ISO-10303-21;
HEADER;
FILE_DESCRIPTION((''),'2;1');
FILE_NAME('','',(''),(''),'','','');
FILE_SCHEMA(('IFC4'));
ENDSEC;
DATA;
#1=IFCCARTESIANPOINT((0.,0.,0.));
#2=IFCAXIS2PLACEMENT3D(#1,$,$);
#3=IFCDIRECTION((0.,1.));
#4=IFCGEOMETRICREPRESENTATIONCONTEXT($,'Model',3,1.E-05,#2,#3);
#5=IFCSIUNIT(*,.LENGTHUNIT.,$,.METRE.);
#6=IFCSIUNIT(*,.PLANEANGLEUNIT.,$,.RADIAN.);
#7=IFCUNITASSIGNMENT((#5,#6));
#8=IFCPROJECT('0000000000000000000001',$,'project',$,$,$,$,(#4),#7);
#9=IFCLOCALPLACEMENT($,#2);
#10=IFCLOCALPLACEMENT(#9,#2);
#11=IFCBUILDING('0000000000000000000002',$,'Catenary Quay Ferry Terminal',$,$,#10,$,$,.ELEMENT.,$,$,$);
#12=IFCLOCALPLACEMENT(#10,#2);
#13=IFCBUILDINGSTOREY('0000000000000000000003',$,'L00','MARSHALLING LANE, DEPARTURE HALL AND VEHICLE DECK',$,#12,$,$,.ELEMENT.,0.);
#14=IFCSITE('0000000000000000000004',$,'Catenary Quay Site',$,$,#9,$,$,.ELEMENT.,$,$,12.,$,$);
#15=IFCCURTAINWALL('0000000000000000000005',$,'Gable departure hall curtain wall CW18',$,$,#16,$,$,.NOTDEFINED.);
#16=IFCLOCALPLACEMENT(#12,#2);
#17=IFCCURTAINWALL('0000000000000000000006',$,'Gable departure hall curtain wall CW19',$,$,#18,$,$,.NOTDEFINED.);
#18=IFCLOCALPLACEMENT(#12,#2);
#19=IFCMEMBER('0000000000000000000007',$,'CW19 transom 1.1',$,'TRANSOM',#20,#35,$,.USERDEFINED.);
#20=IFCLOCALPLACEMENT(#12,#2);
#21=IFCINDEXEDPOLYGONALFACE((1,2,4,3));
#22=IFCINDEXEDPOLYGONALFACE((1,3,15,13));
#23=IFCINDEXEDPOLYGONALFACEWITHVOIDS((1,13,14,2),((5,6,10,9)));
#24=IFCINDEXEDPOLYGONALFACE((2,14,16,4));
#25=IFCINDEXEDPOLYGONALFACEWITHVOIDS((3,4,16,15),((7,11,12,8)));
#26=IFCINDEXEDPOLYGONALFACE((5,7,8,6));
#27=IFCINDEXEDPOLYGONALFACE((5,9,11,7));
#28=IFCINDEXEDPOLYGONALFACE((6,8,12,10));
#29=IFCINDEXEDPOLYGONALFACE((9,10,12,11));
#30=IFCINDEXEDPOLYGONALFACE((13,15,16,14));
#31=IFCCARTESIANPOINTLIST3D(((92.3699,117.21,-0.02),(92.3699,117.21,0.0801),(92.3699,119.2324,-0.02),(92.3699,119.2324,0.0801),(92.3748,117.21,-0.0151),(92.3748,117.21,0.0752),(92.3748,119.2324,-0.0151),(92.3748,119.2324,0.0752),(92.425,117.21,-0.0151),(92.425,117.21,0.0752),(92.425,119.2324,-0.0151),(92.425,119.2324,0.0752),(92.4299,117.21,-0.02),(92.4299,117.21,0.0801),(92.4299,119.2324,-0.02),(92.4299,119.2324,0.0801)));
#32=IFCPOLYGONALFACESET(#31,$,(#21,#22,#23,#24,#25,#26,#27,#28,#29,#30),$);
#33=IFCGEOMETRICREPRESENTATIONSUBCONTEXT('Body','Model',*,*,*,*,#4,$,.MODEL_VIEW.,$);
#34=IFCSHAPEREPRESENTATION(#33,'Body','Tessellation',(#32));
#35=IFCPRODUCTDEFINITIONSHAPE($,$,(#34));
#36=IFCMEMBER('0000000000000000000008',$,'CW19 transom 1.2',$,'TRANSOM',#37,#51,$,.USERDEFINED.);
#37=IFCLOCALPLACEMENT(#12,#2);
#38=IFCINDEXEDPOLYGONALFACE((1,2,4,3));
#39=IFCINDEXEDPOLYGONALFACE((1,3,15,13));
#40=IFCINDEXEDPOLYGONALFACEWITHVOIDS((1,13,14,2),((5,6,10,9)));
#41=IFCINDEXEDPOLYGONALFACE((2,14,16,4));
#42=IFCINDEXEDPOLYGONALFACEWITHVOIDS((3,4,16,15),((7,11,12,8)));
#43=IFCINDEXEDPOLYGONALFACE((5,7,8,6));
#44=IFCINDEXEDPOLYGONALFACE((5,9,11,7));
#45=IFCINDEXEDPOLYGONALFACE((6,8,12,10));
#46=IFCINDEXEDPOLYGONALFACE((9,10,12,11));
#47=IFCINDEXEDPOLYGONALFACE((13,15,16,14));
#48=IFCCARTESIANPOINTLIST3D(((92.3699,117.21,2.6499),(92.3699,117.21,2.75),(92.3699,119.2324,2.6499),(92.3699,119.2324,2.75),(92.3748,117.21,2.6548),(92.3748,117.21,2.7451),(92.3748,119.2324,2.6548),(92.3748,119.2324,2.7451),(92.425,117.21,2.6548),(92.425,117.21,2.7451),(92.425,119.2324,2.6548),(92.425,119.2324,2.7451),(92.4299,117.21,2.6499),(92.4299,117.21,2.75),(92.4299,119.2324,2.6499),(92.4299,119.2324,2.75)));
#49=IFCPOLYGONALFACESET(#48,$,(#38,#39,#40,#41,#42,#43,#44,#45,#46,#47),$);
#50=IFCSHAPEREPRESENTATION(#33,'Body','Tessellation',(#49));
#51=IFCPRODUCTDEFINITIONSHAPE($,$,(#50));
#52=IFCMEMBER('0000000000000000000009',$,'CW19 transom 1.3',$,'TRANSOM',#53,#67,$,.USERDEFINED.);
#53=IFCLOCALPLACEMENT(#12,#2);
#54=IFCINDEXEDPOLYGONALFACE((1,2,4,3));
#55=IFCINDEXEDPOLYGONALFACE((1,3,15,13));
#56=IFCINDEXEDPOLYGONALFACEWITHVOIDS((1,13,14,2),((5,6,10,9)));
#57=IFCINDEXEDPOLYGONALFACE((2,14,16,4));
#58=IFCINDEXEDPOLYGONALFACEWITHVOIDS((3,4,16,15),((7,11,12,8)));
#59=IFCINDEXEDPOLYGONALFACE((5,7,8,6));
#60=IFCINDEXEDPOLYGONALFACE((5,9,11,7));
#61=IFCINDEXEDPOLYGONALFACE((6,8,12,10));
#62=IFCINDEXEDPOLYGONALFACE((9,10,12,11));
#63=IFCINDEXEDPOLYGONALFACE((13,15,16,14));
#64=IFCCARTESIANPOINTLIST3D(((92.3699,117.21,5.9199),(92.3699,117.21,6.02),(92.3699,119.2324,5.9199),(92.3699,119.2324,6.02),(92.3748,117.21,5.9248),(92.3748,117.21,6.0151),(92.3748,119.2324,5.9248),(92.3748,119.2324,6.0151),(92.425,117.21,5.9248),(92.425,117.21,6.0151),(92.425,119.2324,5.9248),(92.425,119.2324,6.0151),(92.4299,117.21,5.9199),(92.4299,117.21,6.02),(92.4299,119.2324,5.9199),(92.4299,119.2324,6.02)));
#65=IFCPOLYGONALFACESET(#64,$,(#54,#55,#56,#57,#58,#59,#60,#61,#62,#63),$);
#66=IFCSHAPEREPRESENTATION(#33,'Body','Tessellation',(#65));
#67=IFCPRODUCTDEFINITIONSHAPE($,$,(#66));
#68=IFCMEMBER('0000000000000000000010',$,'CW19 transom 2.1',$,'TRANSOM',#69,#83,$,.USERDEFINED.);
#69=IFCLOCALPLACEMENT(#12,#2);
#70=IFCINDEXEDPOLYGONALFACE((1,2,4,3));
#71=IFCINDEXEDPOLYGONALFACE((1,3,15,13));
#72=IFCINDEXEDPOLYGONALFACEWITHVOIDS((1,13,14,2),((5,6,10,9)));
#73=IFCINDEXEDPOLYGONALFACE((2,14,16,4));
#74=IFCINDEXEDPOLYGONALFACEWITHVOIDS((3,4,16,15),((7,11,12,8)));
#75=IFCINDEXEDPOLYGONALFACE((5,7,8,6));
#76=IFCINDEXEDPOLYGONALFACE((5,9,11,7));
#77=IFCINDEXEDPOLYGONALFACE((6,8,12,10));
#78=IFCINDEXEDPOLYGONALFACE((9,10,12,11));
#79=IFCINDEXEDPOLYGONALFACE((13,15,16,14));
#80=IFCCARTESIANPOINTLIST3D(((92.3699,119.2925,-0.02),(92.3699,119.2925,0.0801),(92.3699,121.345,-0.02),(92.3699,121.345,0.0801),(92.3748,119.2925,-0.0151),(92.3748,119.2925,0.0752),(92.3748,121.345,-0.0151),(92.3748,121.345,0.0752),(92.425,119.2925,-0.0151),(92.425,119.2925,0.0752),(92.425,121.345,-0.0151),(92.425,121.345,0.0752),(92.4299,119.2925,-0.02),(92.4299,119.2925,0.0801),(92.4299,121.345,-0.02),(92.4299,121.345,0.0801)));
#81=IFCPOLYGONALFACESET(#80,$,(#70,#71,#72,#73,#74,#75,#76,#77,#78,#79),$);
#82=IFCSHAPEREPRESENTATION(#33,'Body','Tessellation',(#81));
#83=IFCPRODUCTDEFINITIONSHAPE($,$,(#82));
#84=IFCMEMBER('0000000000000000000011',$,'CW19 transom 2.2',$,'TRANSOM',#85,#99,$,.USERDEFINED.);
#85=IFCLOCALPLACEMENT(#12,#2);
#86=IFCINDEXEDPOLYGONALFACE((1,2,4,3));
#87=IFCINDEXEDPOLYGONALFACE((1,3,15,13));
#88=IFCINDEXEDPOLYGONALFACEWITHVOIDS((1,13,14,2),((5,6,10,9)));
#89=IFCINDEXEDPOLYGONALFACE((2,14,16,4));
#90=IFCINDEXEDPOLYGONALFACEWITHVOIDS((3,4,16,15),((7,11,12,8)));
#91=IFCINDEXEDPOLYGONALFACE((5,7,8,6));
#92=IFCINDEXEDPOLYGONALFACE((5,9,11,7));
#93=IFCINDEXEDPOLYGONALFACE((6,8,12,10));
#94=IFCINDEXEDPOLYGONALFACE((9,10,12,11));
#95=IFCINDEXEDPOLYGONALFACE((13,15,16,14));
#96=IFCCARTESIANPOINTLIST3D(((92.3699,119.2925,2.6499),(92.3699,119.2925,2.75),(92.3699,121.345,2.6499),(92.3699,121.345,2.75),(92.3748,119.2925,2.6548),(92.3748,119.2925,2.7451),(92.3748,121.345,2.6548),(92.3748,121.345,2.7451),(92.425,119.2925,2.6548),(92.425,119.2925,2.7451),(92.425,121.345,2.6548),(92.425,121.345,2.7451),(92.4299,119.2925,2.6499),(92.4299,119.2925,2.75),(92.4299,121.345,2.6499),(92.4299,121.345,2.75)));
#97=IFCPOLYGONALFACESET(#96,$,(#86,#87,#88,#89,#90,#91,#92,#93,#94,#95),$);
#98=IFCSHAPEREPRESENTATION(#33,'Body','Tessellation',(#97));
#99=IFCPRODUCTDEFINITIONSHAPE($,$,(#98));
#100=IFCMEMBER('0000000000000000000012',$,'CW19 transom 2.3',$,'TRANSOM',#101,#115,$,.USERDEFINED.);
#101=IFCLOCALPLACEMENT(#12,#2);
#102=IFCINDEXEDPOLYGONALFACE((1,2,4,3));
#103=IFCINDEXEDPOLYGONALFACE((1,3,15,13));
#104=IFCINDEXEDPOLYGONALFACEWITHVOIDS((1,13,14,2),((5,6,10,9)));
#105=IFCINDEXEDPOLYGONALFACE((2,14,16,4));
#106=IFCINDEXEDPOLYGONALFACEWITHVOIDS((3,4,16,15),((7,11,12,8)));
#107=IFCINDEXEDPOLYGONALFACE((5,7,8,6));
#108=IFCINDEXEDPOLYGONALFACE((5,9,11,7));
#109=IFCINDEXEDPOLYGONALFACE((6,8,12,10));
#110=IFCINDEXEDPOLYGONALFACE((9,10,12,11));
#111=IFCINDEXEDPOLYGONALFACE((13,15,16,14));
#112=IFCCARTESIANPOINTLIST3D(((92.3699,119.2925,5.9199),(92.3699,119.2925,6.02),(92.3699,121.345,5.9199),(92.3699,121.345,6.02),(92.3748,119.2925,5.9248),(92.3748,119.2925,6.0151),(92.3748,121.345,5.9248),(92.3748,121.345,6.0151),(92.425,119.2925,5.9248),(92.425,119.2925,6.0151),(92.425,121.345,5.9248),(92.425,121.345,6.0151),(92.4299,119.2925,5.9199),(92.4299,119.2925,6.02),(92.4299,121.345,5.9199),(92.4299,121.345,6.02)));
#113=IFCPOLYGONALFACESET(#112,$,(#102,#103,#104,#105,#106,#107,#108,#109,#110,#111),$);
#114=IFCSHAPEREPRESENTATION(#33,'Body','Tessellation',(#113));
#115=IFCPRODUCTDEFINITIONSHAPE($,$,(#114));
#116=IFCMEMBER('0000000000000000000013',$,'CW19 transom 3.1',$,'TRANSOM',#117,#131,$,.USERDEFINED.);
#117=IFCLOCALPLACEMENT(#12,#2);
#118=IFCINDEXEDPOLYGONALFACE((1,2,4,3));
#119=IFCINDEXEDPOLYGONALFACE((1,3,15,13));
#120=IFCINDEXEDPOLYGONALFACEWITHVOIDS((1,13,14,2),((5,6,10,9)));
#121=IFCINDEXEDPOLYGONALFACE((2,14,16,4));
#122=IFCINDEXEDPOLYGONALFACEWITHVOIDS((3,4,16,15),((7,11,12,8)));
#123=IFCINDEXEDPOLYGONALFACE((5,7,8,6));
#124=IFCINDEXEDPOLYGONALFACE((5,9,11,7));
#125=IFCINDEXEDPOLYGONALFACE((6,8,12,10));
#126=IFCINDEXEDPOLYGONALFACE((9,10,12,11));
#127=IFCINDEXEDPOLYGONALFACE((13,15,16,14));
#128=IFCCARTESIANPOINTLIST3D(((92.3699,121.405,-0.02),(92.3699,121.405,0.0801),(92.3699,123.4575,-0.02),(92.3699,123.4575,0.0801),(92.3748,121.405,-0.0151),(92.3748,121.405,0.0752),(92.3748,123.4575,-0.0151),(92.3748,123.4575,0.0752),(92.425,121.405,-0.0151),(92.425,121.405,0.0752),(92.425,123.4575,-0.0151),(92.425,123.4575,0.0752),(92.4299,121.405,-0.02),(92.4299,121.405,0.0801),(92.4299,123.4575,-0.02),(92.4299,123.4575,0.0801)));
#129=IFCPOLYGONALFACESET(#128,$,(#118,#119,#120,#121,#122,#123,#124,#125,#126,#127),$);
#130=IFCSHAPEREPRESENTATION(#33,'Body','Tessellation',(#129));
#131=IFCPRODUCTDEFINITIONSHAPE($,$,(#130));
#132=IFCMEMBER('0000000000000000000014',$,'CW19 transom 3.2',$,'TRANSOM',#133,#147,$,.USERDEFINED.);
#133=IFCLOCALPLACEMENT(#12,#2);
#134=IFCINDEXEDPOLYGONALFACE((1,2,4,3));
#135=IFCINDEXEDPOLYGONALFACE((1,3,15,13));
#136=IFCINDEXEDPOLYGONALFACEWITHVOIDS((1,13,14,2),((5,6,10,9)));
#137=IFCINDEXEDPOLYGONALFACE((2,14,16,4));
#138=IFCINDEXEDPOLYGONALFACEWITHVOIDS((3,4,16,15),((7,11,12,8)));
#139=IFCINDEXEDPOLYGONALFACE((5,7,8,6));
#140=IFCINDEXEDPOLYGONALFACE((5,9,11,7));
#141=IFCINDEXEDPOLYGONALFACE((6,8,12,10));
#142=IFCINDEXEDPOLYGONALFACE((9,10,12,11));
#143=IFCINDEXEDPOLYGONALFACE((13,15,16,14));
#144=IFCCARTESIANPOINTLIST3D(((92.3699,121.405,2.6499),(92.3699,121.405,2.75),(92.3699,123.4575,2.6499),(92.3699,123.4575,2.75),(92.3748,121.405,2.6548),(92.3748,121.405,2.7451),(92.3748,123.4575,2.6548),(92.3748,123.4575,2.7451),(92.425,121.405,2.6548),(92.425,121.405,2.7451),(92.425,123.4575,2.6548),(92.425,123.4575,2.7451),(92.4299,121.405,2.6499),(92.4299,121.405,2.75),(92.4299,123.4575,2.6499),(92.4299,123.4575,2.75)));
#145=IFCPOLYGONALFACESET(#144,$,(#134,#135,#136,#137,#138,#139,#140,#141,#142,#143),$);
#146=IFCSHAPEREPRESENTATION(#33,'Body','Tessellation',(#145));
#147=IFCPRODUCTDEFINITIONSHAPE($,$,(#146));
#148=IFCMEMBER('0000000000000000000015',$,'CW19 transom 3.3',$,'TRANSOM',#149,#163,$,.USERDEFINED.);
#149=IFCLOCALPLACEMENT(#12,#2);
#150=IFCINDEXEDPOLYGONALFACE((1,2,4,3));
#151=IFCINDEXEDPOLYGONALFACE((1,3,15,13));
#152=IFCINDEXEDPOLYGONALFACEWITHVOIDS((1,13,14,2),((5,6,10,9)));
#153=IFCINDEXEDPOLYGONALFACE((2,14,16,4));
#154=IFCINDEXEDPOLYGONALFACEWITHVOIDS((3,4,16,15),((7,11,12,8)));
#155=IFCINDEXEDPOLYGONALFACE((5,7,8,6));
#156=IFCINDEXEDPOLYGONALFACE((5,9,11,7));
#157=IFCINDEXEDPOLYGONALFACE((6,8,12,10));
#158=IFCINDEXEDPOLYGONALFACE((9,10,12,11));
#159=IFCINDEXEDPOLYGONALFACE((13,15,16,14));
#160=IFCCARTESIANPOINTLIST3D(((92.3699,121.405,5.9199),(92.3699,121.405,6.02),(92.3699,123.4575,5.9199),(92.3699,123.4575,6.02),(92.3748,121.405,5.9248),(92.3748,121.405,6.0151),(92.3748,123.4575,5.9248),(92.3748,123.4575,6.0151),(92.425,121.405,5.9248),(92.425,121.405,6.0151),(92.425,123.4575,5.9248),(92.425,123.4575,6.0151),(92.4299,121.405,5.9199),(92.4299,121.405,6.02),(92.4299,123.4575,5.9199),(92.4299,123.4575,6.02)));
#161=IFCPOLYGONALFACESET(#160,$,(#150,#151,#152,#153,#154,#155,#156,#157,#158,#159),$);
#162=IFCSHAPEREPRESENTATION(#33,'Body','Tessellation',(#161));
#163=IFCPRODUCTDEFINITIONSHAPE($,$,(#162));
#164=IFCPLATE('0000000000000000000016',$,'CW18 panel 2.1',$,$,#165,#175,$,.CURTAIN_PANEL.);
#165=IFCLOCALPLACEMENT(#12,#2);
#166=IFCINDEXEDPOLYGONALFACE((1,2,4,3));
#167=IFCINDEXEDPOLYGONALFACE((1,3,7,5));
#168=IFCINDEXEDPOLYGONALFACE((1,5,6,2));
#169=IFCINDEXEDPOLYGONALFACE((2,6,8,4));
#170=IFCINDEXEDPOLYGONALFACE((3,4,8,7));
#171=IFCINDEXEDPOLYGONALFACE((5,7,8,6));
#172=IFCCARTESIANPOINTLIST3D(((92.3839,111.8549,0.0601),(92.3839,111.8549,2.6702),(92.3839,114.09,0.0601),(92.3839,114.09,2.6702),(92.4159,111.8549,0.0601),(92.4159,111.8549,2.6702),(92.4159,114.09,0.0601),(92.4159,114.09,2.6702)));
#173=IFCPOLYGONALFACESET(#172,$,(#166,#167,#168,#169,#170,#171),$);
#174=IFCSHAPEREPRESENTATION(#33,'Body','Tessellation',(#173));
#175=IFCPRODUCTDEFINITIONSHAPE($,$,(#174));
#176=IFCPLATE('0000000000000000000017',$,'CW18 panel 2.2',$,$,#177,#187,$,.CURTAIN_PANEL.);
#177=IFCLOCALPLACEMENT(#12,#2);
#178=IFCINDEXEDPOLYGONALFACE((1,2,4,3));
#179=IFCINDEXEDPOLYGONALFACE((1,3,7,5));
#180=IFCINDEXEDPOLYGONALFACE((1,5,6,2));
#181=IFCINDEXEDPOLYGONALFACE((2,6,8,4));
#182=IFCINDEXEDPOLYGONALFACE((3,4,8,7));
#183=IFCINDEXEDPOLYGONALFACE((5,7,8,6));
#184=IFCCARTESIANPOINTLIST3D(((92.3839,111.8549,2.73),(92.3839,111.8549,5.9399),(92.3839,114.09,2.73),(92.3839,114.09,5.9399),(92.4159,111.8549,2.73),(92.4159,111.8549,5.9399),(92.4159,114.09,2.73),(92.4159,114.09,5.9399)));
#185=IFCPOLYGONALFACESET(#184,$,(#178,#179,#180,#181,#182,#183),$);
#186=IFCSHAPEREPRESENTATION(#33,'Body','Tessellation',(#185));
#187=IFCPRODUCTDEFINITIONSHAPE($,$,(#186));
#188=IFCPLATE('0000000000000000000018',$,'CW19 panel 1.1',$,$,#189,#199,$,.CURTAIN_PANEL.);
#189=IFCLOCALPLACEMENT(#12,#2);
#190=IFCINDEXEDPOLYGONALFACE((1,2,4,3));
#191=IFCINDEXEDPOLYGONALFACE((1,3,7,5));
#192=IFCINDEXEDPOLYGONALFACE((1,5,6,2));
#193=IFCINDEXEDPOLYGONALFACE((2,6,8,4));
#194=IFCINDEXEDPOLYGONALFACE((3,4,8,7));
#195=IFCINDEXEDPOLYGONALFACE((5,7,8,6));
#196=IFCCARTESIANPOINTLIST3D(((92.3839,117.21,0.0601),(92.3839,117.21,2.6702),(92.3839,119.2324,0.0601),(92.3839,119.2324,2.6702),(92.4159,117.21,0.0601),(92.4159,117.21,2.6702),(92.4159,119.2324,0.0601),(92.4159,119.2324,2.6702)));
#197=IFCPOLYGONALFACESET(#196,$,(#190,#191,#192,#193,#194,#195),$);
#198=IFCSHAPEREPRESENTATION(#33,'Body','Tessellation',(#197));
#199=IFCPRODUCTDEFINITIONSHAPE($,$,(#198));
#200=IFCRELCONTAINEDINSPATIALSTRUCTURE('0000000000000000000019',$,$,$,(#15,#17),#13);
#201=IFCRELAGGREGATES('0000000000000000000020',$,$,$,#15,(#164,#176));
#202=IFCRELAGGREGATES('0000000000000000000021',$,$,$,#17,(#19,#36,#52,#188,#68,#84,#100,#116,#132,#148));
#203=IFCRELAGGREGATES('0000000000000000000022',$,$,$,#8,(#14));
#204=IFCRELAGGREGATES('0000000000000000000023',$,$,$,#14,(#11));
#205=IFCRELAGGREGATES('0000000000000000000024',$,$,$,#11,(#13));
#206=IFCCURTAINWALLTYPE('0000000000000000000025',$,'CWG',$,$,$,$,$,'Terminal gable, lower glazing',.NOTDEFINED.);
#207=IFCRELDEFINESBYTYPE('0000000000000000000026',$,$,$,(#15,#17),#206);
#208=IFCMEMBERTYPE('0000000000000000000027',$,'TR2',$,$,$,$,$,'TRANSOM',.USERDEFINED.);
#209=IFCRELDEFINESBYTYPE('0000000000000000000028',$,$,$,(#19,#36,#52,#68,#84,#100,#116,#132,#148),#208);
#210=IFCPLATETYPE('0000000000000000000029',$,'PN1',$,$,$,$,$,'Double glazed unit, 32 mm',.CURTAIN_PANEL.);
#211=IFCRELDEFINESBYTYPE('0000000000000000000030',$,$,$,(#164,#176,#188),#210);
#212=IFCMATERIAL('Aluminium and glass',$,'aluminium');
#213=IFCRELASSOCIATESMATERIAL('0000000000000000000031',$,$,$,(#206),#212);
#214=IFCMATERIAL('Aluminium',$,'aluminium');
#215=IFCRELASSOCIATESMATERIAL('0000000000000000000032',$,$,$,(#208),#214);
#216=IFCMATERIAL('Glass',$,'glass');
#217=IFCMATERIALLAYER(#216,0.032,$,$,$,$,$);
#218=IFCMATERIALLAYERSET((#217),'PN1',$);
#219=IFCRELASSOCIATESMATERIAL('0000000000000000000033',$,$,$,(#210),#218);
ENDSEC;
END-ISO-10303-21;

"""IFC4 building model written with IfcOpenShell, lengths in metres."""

from ifc_helpers import new_model, si_unit, direction, frame, origin, origin_2d, place, context, subcontext, project, spatial, rectangle, hollow_rectangle, extrude, material, layer, layer_set, material_profile, profile_set, type_object, element, aggregate, save


model = new_model("IFC4")

# Units and contexts
model_context = context("Model", 3, precision=1e-05, world=origin(), true_north=direction((0.0, 1.0)))
body_context = subcontext(model_context, "Body", "Model", "MODEL_VIEW")
ifc_project = project(units=[si_unit("LENGTHUNIT", "METRE"), si_unit("PLANEANGLEUNIT", "RADIAN")], contexts=[model_context])

# Site, building, storey
site_placement = place(None, origin())
site = spatial("IfcSite", under=ifc_project, at=site_placement, Name="Catenary Quay Site", CompositionType="ELEMENT", RefElevation=12.0)
building_placement = place(site_placement, origin())
building = spatial("IfcBuilding", under=site, at=building_placement, Name="Catenary Quay Ferry Terminal", CompositionType="ELEMENT")
storey_placement = place(building_placement, origin())
storey = spatial("IfcBuildingStorey", under=building, at=storey_placement, Name="L00", Description="MARSHALLING LANE, DEPARTURE HALL AND VEHICLE DECK", CompositionType="ELEMENT", Elevation=0.0)

# Curtain walls
ifc_material_1 = material(Name="Aluminium and glass", Category="aluminium")
curtain_wall_type = type_object("IfcCurtainWallType", Name="CWG", ElementType="Terminal gable, lower glazing", PredefinedType="NOTDEFINED", material=ifc_material_1)
curtain_wall_1_placement = place(storey_placement, origin())
curtain_wall_1 = element("IfcCurtainWall", 1, at=curtain_wall_1_placement, inside=storey, type_object=curtain_wall_type, Name="Gable departure hall curtain wall CW18", PredefinedType="NOTDEFINED")
curtain_wall_2_placement = place(storey_placement, origin())
curtain_wall_2 = element("IfcCurtainWall", 2, at=curtain_wall_2_placement, inside=storey, type_object=curtain_wall_type, Name="Gable departure hall curtain wall CW19", PredefinedType="NOTDEFINED")

# Members
ifc_material_2 = material(Name="Aluminium", Category="aluminium")
ifc_material_profile_1 = material_profile(ifc_material_2, hollow_rectangle(XDim=0.0601, YDim=0.1001, WallThickness=0.0049, at=origin_2d()), Name="TR2")
ifc_profile_set_1 = profile_set([ifc_material_profile_1], Name="Aluminium")
member_type_1 = type_object("IfcMemberType", Name="TR2", ElementType="TRANSOM", PredefinedType="USERDEFINED", material=ifc_profile_set_1)
member_1_placement = place(storey_placement, frame((92.3999, 117.21, 0.03), z_axis=(0.0, 1.0, 0.0), x_axis=(-1.0, 0.0, 0.0)))
member_1 = element("IfcMember", 3, at=member_1_placement, type_object=member_type_1, Name="CW19 transom 1.1", ObjectType="TRANSOM", PredefinedType="USERDEFINED", context=body_context, shape_type="SweptSolid", body=[
    extrude(hollow_rectangle(XDim=0.0601, YDim=0.1001, WallThickness=0.0049, at=origin_2d()), origin(), (0.0, 0.0, 1.0), 2.0225),
])
member_2_placement = place(storey_placement, frame((92.3999, 117.21, 2.7), z_axis=(0.0, 1.0, 0.0), x_axis=(-1.0, 0.0, 0.0)))
member_2 = element("IfcMember", 4, at=member_2_placement, type_object=member_type_1, Name="CW19 transom 1.2", ObjectType="TRANSOM", PredefinedType="USERDEFINED", context=body_context, shape_type="SweptSolid", body=[
    extrude(hollow_rectangle(XDim=0.0601, YDim=0.1001, WallThickness=0.0049, at=origin_2d()), origin(), (0.0, 0.0, 1.0), 2.0225),
])
member_3_placement = place(storey_placement, frame((92.3999, 117.21, 5.97), z_axis=(0.0, 1.0, 0.0), x_axis=(-1.0, 0.0, 0.0)))
member_3 = element("IfcMember", 5, at=member_3_placement, type_object=member_type_1, Name="CW19 transom 1.3", ObjectType="TRANSOM", PredefinedType="USERDEFINED", context=body_context, shape_type="SweptSolid", body=[
    extrude(hollow_rectangle(XDim=0.0601, YDim=0.1001, WallThickness=0.0049, at=origin_2d()), origin(), (0.0, 0.0, 1.0), 2.0225),
])
member_4_placement = place(storey_placement, frame((92.3999, 119.2925, 0.03), z_axis=(0.0, 1.0, 0.0), x_axis=(-1.0, 0.0, 0.0)))
member_4 = element("IfcMember", 6, at=member_4_placement, type_object=member_type_1, Name="CW19 transom 2.1", ObjectType="TRANSOM", PredefinedType="USERDEFINED", context=body_context, shape_type="SweptSolid", body=[
    extrude(hollow_rectangle(XDim=0.0601, YDim=0.1001, WallThickness=0.0049, at=origin_2d()), origin(), (0.0, 0.0, 1.0), 2.0525),
])
member_5_placement = place(storey_placement, frame((92.3999, 119.2925, 2.7), z_axis=(0.0, 1.0, 0.0), x_axis=(-1.0, 0.0, 0.0)))
member_5 = element("IfcMember", 7, at=member_5_placement, type_object=member_type_1, Name="CW19 transom 2.2", ObjectType="TRANSOM", PredefinedType="USERDEFINED", context=body_context, shape_type="SweptSolid", body=[
    extrude(hollow_rectangle(XDim=0.0601, YDim=0.1001, WallThickness=0.0049, at=origin_2d()), origin(), (0.0, 0.0, 1.0), 2.0525),
])
member_6_placement = place(storey_placement, frame((92.3999, 119.2925, 5.97), z_axis=(0.0, 1.0, 0.0), x_axis=(-1.0, 0.0, 0.0)))
member_6 = element("IfcMember", 8, at=member_6_placement, type_object=member_type_1, Name="CW19 transom 2.3", ObjectType="TRANSOM", PredefinedType="USERDEFINED", context=body_context, shape_type="SweptSolid", body=[
    extrude(hollow_rectangle(XDim=0.0601, YDim=0.1001, WallThickness=0.0049, at=origin_2d()), origin(), (0.0, 0.0, 1.0), 2.0525),
])
member_7_placement = place(storey_placement, frame((92.3999, 121.405, 0.03), z_axis=(0.0, 1.0, 0.0), x_axis=(-1.0, 0.0, 0.0)))
member_7 = element("IfcMember", 9, at=member_7_placement, type_object=member_type_1, Name="CW19 transom 3.1", ObjectType="TRANSOM", PredefinedType="USERDEFINED", context=body_context, shape_type="SweptSolid", body=[
    extrude(hollow_rectangle(XDim=0.0601, YDim=0.1001, WallThickness=0.0049, at=origin_2d()), origin(), (0.0, 0.0, 1.0), 2.0525),
])
member_8_placement = place(storey_placement, frame((92.3999, 121.405, 2.7), z_axis=(0.0, 1.0, 0.0), x_axis=(-1.0, 0.0, 0.0)))
member_8 = element("IfcMember", 10, at=member_8_placement, type_object=member_type_1, Name="CW19 transom 3.2", ObjectType="TRANSOM", PredefinedType="USERDEFINED", context=body_context, shape_type="SweptSolid", body=[
    extrude(hollow_rectangle(XDim=0.0601, YDim=0.1001, WallThickness=0.0049, at=origin_2d()), origin(), (0.0, 0.0, 1.0), 2.0525),
])
member_9_placement = place(storey_placement, frame((92.3999, 121.405, 5.97), z_axis=(0.0, 1.0, 0.0), x_axis=(-1.0, 0.0, 0.0)))
member_9 = element("IfcMember", 11, at=member_9_placement, type_object=member_type_1, Name="CW19 transom 3.3", ObjectType="TRANSOM", PredefinedType="USERDEFINED", context=body_context, shape_type="SweptSolid", body=[
    extrude(hollow_rectangle(XDim=0.0601, YDim=0.1001, WallThickness=0.0049, at=origin_2d()), origin(), (0.0, 0.0, 1.0), 2.0525),
])

# Plates
ifc_material_3 = material(Name="Glass", Category="glass")
ifc_layer_1 = layer(ifc_material_3, 0.032)
ifc_layer_set_1 = layer_set([ifc_layer_1], Name="PN1")
plate_type = type_object("IfcPlateType", Name="PN1", ElementType="Double glazed unit, 32 mm", PredefinedType="CURTAIN_PANEL", material=ifc_layer_set_1)
plate_1_placement = place(storey_placement, frame((92.3999, 112.9724, 0.0601), z_axis=(0.0, 0.0, 1.0), x_axis=(0.0, 1.0, 0.0)))
plate_1 = element("IfcPlate", 12, at=plate_1_placement, type_object=plate_type, Name="CW18 panel 2.1", PredefinedType="CURTAIN_PANEL", context=body_context, shape_type="SweptSolid", body=[
    extrude(rectangle(XDim=2.2351, YDim=0.032, at=origin_2d()), origin(), (0.0, 0.0, 1.0), 2.6101),
])
plate_2_placement = place(storey_placement, frame((92.3999, 112.9724, 2.73), z_axis=(0.0, 0.0, 1.0), x_axis=(0.0, 1.0, 0.0)))
plate_2 = element("IfcPlate", 13, at=plate_2_placement, type_object=plate_type, Name="CW18 panel 2.2", PredefinedType="CURTAIN_PANEL", context=body_context, shape_type="SweptSolid", body=[
    extrude(rectangle(XDim=2.2351, YDim=0.032, at=origin_2d()), origin(), (0.0, 0.0, 1.0), 3.21),
])
aggregate(curtain_wall_1, [plate_1, plate_2])
plate_3_placement = place(storey_placement, frame((92.3999, 118.2212, 0.0601), z_axis=(0.0, 0.0, 1.0), x_axis=(0.0, 1.0, 0.0)))
plate_3 = element("IfcPlate", 14, at=plate_3_placement, type_object=plate_type, Name="CW19 panel 1.1", PredefinedType="CURTAIN_PANEL", context=body_context, shape_type="SweptSolid", body=[
    extrude(rectangle(XDim=2.0225, YDim=0.032, at=origin_2d()), origin(), (0.0, 0.0, 1.0), 2.6101),
])
aggregate(curtain_wall_2, [member_1, member_2, member_3, plate_3, member_4, member_5, member_6, member_7, member_8, member_9])

save(model, "model.ifc")
